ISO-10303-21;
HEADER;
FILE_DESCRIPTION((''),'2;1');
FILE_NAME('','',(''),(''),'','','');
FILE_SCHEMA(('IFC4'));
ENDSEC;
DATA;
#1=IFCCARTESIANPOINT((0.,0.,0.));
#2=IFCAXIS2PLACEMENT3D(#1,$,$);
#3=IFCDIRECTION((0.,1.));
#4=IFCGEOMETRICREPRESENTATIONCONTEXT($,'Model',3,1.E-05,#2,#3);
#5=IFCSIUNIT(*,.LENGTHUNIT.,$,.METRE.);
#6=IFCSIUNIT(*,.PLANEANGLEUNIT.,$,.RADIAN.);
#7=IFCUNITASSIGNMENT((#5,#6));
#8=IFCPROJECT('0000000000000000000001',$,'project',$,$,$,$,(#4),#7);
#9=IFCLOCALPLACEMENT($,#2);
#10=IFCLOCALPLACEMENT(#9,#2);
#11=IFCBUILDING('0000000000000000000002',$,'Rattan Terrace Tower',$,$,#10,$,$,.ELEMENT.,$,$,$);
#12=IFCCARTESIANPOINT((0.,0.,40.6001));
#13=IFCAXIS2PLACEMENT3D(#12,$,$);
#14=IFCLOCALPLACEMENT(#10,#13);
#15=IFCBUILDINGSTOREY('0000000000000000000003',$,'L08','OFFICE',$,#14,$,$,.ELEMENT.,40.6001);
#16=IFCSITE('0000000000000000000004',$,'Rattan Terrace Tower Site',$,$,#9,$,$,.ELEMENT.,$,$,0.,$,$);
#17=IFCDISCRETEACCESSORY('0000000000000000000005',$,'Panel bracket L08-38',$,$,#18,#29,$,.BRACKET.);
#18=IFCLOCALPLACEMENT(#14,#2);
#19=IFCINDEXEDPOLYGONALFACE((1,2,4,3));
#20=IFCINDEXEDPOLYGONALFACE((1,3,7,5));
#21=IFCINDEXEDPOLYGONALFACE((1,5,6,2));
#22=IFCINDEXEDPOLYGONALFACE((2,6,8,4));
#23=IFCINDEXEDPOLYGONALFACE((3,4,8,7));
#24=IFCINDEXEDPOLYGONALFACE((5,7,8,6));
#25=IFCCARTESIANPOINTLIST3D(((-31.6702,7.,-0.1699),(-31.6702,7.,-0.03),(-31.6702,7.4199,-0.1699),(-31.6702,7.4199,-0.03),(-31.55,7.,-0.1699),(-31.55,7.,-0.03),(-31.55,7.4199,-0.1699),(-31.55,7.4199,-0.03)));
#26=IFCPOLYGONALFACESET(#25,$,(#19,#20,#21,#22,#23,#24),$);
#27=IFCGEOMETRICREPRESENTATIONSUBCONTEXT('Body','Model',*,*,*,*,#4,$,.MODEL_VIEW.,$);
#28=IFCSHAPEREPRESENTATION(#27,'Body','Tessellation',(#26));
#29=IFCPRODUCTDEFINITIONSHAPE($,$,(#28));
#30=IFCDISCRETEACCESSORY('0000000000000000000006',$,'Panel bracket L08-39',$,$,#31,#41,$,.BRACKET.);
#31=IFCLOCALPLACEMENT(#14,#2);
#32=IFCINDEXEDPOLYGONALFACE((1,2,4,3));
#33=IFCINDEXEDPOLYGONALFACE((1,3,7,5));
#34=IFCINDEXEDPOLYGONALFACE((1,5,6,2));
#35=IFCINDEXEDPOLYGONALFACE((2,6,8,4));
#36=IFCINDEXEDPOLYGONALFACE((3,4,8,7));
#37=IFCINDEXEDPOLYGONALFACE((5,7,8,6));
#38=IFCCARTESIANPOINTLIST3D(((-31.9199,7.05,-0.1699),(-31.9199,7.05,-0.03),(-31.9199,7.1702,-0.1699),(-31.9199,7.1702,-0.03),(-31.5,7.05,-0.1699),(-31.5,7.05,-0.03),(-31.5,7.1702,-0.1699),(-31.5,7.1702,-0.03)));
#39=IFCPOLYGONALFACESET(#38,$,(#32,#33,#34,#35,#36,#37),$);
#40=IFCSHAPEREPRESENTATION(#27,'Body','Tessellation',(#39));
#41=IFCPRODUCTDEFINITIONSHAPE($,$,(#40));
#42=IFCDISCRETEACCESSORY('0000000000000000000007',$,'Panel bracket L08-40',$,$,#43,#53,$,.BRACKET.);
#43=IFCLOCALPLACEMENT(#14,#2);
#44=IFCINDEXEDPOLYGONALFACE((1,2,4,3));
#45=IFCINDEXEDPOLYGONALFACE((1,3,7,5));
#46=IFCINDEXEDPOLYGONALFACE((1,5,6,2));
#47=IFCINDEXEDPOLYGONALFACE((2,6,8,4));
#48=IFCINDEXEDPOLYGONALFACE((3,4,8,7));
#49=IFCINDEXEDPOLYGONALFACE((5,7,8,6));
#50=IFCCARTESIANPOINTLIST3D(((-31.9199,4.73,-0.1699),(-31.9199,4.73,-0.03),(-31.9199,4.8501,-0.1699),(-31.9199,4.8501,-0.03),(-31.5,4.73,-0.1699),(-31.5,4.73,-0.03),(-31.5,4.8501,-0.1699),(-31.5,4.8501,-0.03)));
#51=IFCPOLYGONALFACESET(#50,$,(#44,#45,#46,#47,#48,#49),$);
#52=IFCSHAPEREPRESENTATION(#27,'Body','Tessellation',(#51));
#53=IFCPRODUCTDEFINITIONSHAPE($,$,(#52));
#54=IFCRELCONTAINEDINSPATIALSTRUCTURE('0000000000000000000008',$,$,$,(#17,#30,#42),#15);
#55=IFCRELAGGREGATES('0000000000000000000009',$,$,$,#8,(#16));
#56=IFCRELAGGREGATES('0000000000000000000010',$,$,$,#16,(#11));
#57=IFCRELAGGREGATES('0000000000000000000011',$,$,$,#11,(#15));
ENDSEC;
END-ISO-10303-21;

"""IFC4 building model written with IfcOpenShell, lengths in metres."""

from ifc_helpers import new_model, si_unit, direction, frame, origin, origin_2d, place, context, subcontext, project, spatial, rectangle, extrude, element, save


model = new_model("IFC4")

# Units and contexts
model_context = context("Model", 3, precision=1e-05, world=origin(), true_north=direction((0.0, 1.0)))
body_context = subcontext(model_context, "Body", "Model", "MODEL_VIEW")
ifc_project = project(units=[si_unit("LENGTHUNIT", "METRE"), si_unit("PLANEANGLEUNIT", "RADIAN")], contexts=[model_context])

# Site, building, storey
site_placement = place(None, origin())
site = spatial("IfcSite", under=ifc_project, at=site_placement, Name="Rattan Terrace Tower Site", CompositionType="ELEMENT", RefElevation=0.0)
building_placement = place(site_placement, origin())
building = spatial("IfcBuilding", under=site, at=building_placement, Name="Rattan Terrace Tower", CompositionType="ELEMENT")
storey_placement = place(building_placement, frame((0.0, 0.0, 40.6001)))
storey = spatial("IfcBuildingStorey", under=building, at=storey_placement, Name="L08", Description="OFFICE", CompositionType="ELEMENT", Elevation=40.6001)

# Discrete accessories
for number, where, z_axis, x_axis, name in (
    (1, (-31.6101, 7.21, -0.1699), (0.0, 0.0, 1.0), (-1.0, 0.0, 0.0), "Panel bracket L08-38"),
    (2, (-31.71, 7.1101, -0.1699), (0.0, 0.0, 1.0), (0.0, -1.0, 0.0), "Panel bracket L08-39"),
    (3, (-31.71, 4.79, -0.1699), (0.0, 0.0, 1.0), (0.0, -1.0, 0.0), "Panel bracket L08-40"),
):
    element("IfcDiscreteAccessory", number, at=place(storey_placement, frame(where, z_axis=z_axis, x_axis=x_axis)), inside=storey, Name=name, PredefinedType="BRACKET", context=body_context, shape_type="SweptSolid", body=[
        extrude(rectangle(XDim=0.1201, YDim=0.4199, at=origin_2d()), origin(), (0.0, 0.0, 1.0), 0.1399),
    ])

save(model, "model.ifc")
